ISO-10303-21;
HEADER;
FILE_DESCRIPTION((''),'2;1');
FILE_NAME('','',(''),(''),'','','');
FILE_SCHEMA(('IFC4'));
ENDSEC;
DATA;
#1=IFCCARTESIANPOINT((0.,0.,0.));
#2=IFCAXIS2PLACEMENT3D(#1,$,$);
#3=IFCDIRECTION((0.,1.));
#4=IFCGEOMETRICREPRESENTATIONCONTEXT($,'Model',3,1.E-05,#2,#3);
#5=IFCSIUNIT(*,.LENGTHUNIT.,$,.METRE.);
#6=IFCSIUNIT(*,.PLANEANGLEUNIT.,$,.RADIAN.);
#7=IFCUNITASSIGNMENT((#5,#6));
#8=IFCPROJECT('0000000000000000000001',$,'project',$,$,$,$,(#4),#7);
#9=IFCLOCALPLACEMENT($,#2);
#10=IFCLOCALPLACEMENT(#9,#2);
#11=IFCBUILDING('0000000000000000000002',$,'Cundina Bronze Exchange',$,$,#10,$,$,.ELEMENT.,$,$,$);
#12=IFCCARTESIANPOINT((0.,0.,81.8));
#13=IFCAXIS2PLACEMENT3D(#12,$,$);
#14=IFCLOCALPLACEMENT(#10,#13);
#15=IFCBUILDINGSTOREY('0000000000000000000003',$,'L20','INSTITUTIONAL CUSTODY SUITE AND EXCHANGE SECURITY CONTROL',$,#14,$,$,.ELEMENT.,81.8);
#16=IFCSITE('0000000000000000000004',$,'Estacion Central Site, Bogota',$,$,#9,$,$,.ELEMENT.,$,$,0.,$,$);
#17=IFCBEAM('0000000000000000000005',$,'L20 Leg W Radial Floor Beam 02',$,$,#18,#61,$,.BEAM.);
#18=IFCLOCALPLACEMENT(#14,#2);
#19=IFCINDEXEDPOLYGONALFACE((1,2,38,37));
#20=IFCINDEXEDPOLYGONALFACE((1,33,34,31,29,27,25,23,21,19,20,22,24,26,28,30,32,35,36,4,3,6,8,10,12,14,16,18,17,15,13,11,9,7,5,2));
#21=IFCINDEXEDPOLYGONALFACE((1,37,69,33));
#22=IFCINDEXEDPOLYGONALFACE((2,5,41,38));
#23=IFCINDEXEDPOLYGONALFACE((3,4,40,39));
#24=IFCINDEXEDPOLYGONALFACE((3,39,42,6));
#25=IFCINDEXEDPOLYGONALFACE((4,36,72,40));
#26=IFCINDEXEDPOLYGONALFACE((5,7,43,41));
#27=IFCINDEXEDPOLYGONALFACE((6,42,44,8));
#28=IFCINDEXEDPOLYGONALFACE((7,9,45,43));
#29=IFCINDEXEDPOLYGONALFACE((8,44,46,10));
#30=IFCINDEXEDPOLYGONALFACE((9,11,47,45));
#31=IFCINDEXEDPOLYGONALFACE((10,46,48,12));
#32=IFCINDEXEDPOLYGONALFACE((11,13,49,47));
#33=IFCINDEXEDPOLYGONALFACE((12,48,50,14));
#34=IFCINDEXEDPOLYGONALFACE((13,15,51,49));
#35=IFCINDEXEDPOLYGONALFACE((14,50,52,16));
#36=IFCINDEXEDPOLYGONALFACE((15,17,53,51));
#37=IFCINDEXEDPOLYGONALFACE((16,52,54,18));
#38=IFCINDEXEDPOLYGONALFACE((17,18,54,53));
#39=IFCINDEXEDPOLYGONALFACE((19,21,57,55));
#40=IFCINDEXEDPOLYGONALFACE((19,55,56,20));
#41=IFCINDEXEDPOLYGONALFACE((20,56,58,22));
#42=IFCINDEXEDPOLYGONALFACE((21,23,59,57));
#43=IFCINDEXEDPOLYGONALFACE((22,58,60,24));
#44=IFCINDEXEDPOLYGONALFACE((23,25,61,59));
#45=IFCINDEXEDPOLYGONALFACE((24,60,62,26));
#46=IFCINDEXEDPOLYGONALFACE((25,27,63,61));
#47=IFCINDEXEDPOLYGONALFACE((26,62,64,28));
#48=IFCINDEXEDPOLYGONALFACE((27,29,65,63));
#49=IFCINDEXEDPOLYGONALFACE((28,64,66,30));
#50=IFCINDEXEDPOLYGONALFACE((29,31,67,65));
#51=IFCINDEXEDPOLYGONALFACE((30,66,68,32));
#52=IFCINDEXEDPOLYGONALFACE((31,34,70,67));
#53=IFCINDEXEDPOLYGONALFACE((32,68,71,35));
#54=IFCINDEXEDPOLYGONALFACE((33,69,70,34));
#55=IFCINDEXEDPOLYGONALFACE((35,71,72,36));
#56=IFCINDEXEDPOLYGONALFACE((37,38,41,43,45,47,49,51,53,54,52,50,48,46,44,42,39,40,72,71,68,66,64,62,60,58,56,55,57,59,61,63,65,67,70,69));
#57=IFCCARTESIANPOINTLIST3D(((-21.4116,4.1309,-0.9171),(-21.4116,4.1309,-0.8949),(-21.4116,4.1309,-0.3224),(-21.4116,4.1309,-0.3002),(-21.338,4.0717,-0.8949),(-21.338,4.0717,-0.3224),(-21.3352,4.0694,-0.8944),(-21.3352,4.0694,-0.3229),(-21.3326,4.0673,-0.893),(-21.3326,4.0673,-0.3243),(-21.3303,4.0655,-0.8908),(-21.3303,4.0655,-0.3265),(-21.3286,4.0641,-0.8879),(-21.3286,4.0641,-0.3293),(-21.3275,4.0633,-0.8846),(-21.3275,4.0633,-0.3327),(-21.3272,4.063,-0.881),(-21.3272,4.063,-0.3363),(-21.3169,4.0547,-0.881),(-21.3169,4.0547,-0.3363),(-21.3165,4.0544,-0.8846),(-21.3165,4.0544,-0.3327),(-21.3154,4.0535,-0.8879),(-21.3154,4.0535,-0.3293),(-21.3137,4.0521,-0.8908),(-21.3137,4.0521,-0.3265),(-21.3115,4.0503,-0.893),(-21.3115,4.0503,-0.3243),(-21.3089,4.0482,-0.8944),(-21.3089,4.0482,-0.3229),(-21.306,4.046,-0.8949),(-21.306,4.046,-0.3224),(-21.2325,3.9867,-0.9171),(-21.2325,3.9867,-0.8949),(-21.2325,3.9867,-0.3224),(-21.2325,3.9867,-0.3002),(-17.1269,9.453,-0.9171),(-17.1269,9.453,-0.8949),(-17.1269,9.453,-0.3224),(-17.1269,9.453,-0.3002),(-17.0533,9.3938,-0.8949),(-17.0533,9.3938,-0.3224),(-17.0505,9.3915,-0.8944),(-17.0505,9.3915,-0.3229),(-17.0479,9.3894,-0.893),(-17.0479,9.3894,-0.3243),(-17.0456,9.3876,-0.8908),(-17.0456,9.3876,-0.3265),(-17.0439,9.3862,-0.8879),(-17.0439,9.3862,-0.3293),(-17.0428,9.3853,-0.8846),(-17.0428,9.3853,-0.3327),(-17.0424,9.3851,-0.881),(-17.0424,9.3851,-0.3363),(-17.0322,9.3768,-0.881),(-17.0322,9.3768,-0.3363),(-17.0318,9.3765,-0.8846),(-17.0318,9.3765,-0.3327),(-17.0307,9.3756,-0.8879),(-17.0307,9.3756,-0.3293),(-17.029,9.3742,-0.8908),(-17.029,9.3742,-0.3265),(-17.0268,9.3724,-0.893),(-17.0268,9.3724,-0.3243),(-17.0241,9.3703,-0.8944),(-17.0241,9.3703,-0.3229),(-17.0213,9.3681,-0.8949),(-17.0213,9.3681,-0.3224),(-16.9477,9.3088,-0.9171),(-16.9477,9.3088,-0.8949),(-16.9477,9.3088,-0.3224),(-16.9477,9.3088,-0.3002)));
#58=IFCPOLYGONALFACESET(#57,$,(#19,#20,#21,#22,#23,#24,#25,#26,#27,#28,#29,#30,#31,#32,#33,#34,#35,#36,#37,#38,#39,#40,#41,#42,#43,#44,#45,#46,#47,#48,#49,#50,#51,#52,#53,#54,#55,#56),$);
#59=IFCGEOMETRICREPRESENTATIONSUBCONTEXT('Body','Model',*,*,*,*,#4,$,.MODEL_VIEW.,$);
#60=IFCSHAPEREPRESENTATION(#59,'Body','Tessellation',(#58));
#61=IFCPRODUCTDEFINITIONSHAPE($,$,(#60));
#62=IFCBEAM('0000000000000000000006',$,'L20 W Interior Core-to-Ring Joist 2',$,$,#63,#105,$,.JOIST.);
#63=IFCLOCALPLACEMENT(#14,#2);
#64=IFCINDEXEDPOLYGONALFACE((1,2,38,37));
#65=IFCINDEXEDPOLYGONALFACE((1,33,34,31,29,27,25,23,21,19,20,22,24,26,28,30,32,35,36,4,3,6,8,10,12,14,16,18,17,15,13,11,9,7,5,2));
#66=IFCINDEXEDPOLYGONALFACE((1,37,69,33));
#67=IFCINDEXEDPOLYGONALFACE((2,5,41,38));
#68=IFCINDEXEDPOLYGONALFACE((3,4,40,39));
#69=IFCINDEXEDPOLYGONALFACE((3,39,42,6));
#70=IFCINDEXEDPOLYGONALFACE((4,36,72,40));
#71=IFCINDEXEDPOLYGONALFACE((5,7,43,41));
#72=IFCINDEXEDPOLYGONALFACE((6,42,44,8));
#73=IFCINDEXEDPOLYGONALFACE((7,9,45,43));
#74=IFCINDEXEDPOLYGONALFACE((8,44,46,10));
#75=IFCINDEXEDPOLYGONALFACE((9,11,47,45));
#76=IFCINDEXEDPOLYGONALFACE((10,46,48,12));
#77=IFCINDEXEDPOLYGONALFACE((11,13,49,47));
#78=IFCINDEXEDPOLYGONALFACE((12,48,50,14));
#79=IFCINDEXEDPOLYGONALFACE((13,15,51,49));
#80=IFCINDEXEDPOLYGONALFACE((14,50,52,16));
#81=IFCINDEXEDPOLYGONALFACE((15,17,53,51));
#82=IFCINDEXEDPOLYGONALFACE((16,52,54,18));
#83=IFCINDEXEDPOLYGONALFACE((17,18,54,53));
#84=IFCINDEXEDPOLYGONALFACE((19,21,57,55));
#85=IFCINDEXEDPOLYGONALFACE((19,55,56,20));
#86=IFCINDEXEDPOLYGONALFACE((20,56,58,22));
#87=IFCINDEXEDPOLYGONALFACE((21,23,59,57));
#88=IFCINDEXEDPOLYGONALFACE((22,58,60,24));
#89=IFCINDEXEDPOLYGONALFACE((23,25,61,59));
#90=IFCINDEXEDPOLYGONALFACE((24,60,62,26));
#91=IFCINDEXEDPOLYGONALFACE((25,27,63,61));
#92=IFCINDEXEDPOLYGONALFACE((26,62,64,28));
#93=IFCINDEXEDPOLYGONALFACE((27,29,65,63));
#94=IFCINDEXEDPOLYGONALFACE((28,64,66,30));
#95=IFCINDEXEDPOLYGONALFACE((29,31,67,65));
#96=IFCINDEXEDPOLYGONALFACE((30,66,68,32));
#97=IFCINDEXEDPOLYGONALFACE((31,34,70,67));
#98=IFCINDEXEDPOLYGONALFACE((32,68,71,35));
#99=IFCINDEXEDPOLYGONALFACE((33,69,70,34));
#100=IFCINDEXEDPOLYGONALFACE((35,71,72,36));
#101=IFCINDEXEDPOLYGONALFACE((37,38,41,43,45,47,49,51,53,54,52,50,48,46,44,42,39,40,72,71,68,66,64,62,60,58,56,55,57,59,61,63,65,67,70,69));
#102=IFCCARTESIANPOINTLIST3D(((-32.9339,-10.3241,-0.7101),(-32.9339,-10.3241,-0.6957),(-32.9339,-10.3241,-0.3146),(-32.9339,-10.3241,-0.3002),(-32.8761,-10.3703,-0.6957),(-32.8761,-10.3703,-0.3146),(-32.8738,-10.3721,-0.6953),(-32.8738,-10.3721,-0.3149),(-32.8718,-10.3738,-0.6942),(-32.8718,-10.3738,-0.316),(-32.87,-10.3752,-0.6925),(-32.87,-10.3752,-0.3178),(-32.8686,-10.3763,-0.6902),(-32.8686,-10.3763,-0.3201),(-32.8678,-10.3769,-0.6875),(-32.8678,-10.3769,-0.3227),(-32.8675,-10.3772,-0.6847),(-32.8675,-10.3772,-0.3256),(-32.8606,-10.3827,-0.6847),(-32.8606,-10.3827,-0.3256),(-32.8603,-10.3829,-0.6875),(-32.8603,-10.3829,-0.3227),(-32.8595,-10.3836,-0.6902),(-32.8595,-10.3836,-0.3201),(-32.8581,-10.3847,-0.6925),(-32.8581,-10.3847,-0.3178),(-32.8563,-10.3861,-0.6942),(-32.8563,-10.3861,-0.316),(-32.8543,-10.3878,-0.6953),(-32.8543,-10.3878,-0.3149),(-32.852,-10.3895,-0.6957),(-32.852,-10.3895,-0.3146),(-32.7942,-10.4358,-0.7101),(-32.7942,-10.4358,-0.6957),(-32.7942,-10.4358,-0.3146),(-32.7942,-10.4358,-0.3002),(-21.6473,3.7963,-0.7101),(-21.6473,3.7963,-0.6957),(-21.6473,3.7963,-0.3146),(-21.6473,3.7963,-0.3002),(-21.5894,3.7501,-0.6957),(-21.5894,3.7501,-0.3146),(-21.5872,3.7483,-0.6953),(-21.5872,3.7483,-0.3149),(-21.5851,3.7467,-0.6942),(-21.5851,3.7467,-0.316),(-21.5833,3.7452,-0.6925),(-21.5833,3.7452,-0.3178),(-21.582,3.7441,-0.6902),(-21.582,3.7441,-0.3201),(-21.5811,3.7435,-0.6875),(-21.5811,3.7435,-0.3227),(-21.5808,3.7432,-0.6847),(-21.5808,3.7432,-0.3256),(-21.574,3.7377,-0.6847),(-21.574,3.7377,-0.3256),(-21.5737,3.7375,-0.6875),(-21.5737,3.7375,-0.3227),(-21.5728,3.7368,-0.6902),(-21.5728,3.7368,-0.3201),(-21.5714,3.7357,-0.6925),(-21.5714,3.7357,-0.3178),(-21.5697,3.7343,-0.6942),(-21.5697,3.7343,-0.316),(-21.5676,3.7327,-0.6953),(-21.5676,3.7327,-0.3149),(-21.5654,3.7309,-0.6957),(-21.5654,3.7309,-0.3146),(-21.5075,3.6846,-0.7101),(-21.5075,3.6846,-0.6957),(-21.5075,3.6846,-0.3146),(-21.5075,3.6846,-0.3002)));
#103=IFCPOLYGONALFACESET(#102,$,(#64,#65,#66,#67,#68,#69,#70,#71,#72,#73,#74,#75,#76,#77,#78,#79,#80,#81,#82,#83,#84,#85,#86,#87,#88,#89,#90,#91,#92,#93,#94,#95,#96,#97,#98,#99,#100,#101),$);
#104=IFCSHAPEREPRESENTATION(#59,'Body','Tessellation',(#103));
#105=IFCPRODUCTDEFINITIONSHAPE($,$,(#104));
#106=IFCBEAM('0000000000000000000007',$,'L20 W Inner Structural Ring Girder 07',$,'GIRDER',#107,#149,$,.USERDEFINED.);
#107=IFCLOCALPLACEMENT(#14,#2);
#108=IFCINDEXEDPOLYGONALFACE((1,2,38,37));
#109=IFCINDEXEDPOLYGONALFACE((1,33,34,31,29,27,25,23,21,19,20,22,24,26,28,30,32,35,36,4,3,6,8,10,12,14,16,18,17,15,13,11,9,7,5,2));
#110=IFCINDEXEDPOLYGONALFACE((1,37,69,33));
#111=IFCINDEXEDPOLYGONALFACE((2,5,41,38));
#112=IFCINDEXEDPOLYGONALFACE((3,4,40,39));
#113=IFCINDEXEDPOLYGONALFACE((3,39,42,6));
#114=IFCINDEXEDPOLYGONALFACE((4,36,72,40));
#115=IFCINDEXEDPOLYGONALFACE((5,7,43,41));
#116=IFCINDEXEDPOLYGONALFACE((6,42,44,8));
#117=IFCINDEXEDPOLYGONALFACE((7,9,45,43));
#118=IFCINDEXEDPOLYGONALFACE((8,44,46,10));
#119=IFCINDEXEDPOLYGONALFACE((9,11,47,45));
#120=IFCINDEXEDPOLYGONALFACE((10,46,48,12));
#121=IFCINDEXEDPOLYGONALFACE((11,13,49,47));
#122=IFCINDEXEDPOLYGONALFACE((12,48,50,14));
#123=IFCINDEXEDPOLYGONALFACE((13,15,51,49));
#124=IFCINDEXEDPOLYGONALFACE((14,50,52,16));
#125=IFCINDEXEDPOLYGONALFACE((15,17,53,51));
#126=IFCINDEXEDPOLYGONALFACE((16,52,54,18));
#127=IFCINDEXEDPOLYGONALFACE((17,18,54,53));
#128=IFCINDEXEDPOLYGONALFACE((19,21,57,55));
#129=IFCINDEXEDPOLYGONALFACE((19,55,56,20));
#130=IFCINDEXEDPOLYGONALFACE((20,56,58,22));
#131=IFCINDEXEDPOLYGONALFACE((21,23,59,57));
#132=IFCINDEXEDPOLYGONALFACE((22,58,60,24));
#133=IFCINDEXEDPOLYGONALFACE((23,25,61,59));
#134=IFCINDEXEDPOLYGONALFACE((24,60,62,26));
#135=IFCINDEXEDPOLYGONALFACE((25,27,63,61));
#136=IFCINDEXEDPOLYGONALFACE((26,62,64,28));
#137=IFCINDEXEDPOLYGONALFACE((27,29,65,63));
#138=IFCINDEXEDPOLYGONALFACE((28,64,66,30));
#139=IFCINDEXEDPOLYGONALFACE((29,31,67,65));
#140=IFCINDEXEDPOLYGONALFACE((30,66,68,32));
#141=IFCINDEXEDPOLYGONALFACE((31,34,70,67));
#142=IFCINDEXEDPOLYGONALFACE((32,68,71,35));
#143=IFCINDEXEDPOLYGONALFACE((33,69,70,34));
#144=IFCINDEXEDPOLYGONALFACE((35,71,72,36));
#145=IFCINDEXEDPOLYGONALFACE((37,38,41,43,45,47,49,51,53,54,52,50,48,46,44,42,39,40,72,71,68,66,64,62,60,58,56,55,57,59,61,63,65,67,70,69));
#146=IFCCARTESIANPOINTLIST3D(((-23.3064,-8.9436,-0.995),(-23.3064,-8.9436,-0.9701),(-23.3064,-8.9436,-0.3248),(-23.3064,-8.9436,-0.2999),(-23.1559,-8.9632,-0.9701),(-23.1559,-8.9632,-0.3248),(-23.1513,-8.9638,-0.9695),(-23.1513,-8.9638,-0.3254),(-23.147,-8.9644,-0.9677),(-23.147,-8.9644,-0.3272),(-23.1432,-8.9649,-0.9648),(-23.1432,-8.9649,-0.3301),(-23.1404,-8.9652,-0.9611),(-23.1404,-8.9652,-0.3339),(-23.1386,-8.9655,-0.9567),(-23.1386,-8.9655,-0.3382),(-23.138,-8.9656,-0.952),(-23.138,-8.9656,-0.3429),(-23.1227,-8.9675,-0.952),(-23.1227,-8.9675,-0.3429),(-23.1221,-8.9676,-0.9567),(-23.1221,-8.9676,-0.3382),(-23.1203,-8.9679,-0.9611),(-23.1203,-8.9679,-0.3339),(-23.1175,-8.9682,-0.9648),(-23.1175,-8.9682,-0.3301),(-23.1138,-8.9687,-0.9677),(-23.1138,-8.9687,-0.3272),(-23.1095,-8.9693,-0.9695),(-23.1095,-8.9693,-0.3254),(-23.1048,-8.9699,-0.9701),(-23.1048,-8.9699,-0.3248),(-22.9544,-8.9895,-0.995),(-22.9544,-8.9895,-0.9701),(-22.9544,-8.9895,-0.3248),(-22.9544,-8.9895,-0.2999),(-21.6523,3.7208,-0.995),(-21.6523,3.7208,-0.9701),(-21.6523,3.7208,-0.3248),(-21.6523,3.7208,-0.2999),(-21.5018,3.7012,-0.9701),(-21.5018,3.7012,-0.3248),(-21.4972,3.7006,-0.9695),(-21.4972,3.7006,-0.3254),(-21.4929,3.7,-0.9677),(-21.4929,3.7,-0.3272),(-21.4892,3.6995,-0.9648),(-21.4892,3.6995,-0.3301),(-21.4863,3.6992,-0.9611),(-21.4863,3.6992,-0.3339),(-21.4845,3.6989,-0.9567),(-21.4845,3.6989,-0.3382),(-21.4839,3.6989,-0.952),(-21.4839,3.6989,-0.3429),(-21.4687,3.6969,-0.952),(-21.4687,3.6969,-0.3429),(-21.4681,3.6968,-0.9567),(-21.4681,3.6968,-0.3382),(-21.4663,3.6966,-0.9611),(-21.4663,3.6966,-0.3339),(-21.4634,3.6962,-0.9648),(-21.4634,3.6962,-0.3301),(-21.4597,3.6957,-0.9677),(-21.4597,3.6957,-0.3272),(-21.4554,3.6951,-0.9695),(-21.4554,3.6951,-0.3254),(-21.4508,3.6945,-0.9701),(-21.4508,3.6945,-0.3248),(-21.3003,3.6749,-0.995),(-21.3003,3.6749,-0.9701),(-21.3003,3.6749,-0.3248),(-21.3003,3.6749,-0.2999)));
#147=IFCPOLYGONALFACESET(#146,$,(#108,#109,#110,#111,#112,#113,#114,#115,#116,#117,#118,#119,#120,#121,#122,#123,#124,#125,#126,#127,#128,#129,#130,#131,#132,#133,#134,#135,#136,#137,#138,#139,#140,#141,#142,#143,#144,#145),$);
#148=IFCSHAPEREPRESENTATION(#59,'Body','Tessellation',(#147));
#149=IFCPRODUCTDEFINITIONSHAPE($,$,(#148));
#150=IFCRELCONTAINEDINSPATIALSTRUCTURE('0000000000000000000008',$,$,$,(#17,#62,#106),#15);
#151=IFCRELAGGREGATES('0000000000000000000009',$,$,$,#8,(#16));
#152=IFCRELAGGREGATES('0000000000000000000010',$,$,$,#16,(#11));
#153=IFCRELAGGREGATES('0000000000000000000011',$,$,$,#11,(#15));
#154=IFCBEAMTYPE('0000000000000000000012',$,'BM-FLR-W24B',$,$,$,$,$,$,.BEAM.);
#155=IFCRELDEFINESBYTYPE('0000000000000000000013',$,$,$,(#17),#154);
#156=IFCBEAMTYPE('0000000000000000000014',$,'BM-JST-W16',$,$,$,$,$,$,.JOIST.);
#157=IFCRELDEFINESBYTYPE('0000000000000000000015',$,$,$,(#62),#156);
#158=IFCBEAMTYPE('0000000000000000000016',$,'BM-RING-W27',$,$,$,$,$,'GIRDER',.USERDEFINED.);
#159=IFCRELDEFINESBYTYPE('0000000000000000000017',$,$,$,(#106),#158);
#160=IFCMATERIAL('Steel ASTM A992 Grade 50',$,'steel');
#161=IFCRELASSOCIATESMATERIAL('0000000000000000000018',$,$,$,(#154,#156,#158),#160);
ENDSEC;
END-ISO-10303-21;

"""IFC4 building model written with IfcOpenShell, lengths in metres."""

from ifc_helpers import new_model, si_unit, direction, frame, origin, origin_2d, place, context, subcontext, project, spatial, i_section, extrude, material, material_profile, profile_set, type_object, element, save


model = new_model("IFC4")

# Units and contexts
model_context = context("Model", 3, precision=1e-05, world=origin(), true_north=direction((0.0, 1.0)))
body_context = subcontext(model_context, "Body", "Model", "MODEL_VIEW")
ifc_project = project(units=[si_unit("LENGTHUNIT", "METRE"), si_unit("PLANEANGLEUNIT", "RADIAN")], contexts=[model_context])

# Site, building, storey
site_placement = place(None, origin())
site = spatial("IfcSite", under=ifc_project, at=site_placement, Name="Estacion Central Site, Bogota", CompositionType="ELEMENT", RefElevation=0.0)
building_placement = place(site_placement, origin())
building = spatial("IfcBuilding", under=site, at=building_placement, Name="Cundina Bronze Exchange", CompositionType="ELEMENT")
storey_placement = place(building_placement, frame((0.0, 0.0, 81.8)))
storey = spatial("IfcBuildingStorey", under=building, at=storey_placement, Name="L20", Description="INSTITUTIONAL CUSTODY SUITE AND EXCHANGE SECURITY CONTROL", CompositionType="ELEMENT", Elevation=81.8)

# Shared definitions
ifc_material_1 = material(Name="Steel ASTM A992 Grade 50", Category="steel")

# Beams
ifc_material_profile_1 = material_profile(ifc_material_1, i_section(OverallWidth=0.23, OverallDepth=0.6169, WebThickness=0.0132, FlangeThickness=0.0222, FilletRadius=0.0139, at=origin_2d()), Name="W24X94", Category="steel")
ifc_profile_set_1 = profile_set([ifc_material_profile_1], Name="Steel ASTM A992 Grade 50")
beam_type_1 = type_object("IfcBeamType", Name="BM-FLR-W24B", PredefinedType="BEAM", material=ifc_profile_set_1)
beam_1_placement = place(storey_placement, frame((-21.322, 4.0588, -0.6086), z_axis=(0.627106, 0.778934, 0.0), x_axis=(-0.778934, 0.627106, 0.0)))
element("IfcBeam", 1, at=beam_1_placement, inside=storey, type_object=beam_type_1, Name="L20 Leg W Radial Floor Beam 02", PredefinedType="BEAM", context=body_context, shape_type="SweptSolid", body=[
    extrude(i_section(OverallWidth=0.23, OverallDepth=0.6169, WebThickness=0.0132, FlangeThickness=0.0222, FilletRadius=0.0139, at=origin_2d()), origin(), (0.0, 0.0, 1.0), 6.8325),
])
ifc_material_profile_2 = material_profile(ifc_material_1, i_section(OverallWidth=0.179, OverallDepth=0.4099, WebThickness=0.0088, FlangeThickness=0.0144, FilletRadius=0.011, at=origin_2d()), Name="W16X45", Category="steel")
ifc_profile_set_2 = profile_set([ifc_material_profile_2], Name="Steel ASTM A992 Grade 50")
beam_type_2 = type_object("IfcBeamType", Name="BM-JST-W16", PredefinedType="JOIST", material=ifc_profile_set_2)
beam_2_placement = place(storey_placement, frame((-21.5774, 3.7405, -0.5051), z_axis=(-0.624369, -0.78113, 0.0), x_axis=(0.78113, -0.624369, 0.0)))
element("IfcBeam", 2, at=beam_2_placement, inside=storey, type_object=beam_type_2, Name="L20 W Interior Core-to-Ring Joist 2", PredefinedType="JOIST", context=body_context, shape_type="SweptSolid", body=[
    extrude(i_section(OverallWidth=0.179, OverallDepth=0.4099, WebThickness=0.0088, FlangeThickness=0.0144, FilletRadius=0.011, at=origin_2d()), origin(), (0.0, 0.0, 1.0), 18.0769),
])
ifc_material_profile_3 = material_profile(ifc_material_1, i_section(OverallWidth=0.355, OverallDepth=0.6951, WebThickness=0.0154, FlangeThickness=0.0249, FilletRadius=0.0181, at=origin_2d()), Name="W27X146", Category="steel")
ifc_profile_set_3 = profile_set([ifc_material_profile_3], Name="Steel ASTM A992 Grade 50")
beam_type_3 = type_object("IfcBeamType", Name="BM-RING-W27", ElementType="GIRDER", PredefinedType="USERDEFINED", material=ifc_profile_set_3)
beam_3_placement = place(storey_placement, frame((-23.1304, -8.9666, -0.6475), z_axis=(0.129508, 0.991578, 0.0), x_axis=(-0.991578, 0.129508, 0.0)))
element("IfcBeam", 3, at=beam_3_placement, inside=storey, type_object=beam_type_3, Name="L20 W Inner Structural Ring Girder 07", ObjectType="GIRDER", PredefinedType="USERDEFINED", context=body_context, shape_type="SweptSolid", body=[
    extrude(i_section(OverallWidth=0.355, OverallDepth=0.6951, WebThickness=0.0154, FlangeThickness=0.0249, FilletRadius=0.0181, at=origin_2d()), origin(), (0.0, 0.0, 1.0), 12.772),
])

save(model, "model.ifc")
